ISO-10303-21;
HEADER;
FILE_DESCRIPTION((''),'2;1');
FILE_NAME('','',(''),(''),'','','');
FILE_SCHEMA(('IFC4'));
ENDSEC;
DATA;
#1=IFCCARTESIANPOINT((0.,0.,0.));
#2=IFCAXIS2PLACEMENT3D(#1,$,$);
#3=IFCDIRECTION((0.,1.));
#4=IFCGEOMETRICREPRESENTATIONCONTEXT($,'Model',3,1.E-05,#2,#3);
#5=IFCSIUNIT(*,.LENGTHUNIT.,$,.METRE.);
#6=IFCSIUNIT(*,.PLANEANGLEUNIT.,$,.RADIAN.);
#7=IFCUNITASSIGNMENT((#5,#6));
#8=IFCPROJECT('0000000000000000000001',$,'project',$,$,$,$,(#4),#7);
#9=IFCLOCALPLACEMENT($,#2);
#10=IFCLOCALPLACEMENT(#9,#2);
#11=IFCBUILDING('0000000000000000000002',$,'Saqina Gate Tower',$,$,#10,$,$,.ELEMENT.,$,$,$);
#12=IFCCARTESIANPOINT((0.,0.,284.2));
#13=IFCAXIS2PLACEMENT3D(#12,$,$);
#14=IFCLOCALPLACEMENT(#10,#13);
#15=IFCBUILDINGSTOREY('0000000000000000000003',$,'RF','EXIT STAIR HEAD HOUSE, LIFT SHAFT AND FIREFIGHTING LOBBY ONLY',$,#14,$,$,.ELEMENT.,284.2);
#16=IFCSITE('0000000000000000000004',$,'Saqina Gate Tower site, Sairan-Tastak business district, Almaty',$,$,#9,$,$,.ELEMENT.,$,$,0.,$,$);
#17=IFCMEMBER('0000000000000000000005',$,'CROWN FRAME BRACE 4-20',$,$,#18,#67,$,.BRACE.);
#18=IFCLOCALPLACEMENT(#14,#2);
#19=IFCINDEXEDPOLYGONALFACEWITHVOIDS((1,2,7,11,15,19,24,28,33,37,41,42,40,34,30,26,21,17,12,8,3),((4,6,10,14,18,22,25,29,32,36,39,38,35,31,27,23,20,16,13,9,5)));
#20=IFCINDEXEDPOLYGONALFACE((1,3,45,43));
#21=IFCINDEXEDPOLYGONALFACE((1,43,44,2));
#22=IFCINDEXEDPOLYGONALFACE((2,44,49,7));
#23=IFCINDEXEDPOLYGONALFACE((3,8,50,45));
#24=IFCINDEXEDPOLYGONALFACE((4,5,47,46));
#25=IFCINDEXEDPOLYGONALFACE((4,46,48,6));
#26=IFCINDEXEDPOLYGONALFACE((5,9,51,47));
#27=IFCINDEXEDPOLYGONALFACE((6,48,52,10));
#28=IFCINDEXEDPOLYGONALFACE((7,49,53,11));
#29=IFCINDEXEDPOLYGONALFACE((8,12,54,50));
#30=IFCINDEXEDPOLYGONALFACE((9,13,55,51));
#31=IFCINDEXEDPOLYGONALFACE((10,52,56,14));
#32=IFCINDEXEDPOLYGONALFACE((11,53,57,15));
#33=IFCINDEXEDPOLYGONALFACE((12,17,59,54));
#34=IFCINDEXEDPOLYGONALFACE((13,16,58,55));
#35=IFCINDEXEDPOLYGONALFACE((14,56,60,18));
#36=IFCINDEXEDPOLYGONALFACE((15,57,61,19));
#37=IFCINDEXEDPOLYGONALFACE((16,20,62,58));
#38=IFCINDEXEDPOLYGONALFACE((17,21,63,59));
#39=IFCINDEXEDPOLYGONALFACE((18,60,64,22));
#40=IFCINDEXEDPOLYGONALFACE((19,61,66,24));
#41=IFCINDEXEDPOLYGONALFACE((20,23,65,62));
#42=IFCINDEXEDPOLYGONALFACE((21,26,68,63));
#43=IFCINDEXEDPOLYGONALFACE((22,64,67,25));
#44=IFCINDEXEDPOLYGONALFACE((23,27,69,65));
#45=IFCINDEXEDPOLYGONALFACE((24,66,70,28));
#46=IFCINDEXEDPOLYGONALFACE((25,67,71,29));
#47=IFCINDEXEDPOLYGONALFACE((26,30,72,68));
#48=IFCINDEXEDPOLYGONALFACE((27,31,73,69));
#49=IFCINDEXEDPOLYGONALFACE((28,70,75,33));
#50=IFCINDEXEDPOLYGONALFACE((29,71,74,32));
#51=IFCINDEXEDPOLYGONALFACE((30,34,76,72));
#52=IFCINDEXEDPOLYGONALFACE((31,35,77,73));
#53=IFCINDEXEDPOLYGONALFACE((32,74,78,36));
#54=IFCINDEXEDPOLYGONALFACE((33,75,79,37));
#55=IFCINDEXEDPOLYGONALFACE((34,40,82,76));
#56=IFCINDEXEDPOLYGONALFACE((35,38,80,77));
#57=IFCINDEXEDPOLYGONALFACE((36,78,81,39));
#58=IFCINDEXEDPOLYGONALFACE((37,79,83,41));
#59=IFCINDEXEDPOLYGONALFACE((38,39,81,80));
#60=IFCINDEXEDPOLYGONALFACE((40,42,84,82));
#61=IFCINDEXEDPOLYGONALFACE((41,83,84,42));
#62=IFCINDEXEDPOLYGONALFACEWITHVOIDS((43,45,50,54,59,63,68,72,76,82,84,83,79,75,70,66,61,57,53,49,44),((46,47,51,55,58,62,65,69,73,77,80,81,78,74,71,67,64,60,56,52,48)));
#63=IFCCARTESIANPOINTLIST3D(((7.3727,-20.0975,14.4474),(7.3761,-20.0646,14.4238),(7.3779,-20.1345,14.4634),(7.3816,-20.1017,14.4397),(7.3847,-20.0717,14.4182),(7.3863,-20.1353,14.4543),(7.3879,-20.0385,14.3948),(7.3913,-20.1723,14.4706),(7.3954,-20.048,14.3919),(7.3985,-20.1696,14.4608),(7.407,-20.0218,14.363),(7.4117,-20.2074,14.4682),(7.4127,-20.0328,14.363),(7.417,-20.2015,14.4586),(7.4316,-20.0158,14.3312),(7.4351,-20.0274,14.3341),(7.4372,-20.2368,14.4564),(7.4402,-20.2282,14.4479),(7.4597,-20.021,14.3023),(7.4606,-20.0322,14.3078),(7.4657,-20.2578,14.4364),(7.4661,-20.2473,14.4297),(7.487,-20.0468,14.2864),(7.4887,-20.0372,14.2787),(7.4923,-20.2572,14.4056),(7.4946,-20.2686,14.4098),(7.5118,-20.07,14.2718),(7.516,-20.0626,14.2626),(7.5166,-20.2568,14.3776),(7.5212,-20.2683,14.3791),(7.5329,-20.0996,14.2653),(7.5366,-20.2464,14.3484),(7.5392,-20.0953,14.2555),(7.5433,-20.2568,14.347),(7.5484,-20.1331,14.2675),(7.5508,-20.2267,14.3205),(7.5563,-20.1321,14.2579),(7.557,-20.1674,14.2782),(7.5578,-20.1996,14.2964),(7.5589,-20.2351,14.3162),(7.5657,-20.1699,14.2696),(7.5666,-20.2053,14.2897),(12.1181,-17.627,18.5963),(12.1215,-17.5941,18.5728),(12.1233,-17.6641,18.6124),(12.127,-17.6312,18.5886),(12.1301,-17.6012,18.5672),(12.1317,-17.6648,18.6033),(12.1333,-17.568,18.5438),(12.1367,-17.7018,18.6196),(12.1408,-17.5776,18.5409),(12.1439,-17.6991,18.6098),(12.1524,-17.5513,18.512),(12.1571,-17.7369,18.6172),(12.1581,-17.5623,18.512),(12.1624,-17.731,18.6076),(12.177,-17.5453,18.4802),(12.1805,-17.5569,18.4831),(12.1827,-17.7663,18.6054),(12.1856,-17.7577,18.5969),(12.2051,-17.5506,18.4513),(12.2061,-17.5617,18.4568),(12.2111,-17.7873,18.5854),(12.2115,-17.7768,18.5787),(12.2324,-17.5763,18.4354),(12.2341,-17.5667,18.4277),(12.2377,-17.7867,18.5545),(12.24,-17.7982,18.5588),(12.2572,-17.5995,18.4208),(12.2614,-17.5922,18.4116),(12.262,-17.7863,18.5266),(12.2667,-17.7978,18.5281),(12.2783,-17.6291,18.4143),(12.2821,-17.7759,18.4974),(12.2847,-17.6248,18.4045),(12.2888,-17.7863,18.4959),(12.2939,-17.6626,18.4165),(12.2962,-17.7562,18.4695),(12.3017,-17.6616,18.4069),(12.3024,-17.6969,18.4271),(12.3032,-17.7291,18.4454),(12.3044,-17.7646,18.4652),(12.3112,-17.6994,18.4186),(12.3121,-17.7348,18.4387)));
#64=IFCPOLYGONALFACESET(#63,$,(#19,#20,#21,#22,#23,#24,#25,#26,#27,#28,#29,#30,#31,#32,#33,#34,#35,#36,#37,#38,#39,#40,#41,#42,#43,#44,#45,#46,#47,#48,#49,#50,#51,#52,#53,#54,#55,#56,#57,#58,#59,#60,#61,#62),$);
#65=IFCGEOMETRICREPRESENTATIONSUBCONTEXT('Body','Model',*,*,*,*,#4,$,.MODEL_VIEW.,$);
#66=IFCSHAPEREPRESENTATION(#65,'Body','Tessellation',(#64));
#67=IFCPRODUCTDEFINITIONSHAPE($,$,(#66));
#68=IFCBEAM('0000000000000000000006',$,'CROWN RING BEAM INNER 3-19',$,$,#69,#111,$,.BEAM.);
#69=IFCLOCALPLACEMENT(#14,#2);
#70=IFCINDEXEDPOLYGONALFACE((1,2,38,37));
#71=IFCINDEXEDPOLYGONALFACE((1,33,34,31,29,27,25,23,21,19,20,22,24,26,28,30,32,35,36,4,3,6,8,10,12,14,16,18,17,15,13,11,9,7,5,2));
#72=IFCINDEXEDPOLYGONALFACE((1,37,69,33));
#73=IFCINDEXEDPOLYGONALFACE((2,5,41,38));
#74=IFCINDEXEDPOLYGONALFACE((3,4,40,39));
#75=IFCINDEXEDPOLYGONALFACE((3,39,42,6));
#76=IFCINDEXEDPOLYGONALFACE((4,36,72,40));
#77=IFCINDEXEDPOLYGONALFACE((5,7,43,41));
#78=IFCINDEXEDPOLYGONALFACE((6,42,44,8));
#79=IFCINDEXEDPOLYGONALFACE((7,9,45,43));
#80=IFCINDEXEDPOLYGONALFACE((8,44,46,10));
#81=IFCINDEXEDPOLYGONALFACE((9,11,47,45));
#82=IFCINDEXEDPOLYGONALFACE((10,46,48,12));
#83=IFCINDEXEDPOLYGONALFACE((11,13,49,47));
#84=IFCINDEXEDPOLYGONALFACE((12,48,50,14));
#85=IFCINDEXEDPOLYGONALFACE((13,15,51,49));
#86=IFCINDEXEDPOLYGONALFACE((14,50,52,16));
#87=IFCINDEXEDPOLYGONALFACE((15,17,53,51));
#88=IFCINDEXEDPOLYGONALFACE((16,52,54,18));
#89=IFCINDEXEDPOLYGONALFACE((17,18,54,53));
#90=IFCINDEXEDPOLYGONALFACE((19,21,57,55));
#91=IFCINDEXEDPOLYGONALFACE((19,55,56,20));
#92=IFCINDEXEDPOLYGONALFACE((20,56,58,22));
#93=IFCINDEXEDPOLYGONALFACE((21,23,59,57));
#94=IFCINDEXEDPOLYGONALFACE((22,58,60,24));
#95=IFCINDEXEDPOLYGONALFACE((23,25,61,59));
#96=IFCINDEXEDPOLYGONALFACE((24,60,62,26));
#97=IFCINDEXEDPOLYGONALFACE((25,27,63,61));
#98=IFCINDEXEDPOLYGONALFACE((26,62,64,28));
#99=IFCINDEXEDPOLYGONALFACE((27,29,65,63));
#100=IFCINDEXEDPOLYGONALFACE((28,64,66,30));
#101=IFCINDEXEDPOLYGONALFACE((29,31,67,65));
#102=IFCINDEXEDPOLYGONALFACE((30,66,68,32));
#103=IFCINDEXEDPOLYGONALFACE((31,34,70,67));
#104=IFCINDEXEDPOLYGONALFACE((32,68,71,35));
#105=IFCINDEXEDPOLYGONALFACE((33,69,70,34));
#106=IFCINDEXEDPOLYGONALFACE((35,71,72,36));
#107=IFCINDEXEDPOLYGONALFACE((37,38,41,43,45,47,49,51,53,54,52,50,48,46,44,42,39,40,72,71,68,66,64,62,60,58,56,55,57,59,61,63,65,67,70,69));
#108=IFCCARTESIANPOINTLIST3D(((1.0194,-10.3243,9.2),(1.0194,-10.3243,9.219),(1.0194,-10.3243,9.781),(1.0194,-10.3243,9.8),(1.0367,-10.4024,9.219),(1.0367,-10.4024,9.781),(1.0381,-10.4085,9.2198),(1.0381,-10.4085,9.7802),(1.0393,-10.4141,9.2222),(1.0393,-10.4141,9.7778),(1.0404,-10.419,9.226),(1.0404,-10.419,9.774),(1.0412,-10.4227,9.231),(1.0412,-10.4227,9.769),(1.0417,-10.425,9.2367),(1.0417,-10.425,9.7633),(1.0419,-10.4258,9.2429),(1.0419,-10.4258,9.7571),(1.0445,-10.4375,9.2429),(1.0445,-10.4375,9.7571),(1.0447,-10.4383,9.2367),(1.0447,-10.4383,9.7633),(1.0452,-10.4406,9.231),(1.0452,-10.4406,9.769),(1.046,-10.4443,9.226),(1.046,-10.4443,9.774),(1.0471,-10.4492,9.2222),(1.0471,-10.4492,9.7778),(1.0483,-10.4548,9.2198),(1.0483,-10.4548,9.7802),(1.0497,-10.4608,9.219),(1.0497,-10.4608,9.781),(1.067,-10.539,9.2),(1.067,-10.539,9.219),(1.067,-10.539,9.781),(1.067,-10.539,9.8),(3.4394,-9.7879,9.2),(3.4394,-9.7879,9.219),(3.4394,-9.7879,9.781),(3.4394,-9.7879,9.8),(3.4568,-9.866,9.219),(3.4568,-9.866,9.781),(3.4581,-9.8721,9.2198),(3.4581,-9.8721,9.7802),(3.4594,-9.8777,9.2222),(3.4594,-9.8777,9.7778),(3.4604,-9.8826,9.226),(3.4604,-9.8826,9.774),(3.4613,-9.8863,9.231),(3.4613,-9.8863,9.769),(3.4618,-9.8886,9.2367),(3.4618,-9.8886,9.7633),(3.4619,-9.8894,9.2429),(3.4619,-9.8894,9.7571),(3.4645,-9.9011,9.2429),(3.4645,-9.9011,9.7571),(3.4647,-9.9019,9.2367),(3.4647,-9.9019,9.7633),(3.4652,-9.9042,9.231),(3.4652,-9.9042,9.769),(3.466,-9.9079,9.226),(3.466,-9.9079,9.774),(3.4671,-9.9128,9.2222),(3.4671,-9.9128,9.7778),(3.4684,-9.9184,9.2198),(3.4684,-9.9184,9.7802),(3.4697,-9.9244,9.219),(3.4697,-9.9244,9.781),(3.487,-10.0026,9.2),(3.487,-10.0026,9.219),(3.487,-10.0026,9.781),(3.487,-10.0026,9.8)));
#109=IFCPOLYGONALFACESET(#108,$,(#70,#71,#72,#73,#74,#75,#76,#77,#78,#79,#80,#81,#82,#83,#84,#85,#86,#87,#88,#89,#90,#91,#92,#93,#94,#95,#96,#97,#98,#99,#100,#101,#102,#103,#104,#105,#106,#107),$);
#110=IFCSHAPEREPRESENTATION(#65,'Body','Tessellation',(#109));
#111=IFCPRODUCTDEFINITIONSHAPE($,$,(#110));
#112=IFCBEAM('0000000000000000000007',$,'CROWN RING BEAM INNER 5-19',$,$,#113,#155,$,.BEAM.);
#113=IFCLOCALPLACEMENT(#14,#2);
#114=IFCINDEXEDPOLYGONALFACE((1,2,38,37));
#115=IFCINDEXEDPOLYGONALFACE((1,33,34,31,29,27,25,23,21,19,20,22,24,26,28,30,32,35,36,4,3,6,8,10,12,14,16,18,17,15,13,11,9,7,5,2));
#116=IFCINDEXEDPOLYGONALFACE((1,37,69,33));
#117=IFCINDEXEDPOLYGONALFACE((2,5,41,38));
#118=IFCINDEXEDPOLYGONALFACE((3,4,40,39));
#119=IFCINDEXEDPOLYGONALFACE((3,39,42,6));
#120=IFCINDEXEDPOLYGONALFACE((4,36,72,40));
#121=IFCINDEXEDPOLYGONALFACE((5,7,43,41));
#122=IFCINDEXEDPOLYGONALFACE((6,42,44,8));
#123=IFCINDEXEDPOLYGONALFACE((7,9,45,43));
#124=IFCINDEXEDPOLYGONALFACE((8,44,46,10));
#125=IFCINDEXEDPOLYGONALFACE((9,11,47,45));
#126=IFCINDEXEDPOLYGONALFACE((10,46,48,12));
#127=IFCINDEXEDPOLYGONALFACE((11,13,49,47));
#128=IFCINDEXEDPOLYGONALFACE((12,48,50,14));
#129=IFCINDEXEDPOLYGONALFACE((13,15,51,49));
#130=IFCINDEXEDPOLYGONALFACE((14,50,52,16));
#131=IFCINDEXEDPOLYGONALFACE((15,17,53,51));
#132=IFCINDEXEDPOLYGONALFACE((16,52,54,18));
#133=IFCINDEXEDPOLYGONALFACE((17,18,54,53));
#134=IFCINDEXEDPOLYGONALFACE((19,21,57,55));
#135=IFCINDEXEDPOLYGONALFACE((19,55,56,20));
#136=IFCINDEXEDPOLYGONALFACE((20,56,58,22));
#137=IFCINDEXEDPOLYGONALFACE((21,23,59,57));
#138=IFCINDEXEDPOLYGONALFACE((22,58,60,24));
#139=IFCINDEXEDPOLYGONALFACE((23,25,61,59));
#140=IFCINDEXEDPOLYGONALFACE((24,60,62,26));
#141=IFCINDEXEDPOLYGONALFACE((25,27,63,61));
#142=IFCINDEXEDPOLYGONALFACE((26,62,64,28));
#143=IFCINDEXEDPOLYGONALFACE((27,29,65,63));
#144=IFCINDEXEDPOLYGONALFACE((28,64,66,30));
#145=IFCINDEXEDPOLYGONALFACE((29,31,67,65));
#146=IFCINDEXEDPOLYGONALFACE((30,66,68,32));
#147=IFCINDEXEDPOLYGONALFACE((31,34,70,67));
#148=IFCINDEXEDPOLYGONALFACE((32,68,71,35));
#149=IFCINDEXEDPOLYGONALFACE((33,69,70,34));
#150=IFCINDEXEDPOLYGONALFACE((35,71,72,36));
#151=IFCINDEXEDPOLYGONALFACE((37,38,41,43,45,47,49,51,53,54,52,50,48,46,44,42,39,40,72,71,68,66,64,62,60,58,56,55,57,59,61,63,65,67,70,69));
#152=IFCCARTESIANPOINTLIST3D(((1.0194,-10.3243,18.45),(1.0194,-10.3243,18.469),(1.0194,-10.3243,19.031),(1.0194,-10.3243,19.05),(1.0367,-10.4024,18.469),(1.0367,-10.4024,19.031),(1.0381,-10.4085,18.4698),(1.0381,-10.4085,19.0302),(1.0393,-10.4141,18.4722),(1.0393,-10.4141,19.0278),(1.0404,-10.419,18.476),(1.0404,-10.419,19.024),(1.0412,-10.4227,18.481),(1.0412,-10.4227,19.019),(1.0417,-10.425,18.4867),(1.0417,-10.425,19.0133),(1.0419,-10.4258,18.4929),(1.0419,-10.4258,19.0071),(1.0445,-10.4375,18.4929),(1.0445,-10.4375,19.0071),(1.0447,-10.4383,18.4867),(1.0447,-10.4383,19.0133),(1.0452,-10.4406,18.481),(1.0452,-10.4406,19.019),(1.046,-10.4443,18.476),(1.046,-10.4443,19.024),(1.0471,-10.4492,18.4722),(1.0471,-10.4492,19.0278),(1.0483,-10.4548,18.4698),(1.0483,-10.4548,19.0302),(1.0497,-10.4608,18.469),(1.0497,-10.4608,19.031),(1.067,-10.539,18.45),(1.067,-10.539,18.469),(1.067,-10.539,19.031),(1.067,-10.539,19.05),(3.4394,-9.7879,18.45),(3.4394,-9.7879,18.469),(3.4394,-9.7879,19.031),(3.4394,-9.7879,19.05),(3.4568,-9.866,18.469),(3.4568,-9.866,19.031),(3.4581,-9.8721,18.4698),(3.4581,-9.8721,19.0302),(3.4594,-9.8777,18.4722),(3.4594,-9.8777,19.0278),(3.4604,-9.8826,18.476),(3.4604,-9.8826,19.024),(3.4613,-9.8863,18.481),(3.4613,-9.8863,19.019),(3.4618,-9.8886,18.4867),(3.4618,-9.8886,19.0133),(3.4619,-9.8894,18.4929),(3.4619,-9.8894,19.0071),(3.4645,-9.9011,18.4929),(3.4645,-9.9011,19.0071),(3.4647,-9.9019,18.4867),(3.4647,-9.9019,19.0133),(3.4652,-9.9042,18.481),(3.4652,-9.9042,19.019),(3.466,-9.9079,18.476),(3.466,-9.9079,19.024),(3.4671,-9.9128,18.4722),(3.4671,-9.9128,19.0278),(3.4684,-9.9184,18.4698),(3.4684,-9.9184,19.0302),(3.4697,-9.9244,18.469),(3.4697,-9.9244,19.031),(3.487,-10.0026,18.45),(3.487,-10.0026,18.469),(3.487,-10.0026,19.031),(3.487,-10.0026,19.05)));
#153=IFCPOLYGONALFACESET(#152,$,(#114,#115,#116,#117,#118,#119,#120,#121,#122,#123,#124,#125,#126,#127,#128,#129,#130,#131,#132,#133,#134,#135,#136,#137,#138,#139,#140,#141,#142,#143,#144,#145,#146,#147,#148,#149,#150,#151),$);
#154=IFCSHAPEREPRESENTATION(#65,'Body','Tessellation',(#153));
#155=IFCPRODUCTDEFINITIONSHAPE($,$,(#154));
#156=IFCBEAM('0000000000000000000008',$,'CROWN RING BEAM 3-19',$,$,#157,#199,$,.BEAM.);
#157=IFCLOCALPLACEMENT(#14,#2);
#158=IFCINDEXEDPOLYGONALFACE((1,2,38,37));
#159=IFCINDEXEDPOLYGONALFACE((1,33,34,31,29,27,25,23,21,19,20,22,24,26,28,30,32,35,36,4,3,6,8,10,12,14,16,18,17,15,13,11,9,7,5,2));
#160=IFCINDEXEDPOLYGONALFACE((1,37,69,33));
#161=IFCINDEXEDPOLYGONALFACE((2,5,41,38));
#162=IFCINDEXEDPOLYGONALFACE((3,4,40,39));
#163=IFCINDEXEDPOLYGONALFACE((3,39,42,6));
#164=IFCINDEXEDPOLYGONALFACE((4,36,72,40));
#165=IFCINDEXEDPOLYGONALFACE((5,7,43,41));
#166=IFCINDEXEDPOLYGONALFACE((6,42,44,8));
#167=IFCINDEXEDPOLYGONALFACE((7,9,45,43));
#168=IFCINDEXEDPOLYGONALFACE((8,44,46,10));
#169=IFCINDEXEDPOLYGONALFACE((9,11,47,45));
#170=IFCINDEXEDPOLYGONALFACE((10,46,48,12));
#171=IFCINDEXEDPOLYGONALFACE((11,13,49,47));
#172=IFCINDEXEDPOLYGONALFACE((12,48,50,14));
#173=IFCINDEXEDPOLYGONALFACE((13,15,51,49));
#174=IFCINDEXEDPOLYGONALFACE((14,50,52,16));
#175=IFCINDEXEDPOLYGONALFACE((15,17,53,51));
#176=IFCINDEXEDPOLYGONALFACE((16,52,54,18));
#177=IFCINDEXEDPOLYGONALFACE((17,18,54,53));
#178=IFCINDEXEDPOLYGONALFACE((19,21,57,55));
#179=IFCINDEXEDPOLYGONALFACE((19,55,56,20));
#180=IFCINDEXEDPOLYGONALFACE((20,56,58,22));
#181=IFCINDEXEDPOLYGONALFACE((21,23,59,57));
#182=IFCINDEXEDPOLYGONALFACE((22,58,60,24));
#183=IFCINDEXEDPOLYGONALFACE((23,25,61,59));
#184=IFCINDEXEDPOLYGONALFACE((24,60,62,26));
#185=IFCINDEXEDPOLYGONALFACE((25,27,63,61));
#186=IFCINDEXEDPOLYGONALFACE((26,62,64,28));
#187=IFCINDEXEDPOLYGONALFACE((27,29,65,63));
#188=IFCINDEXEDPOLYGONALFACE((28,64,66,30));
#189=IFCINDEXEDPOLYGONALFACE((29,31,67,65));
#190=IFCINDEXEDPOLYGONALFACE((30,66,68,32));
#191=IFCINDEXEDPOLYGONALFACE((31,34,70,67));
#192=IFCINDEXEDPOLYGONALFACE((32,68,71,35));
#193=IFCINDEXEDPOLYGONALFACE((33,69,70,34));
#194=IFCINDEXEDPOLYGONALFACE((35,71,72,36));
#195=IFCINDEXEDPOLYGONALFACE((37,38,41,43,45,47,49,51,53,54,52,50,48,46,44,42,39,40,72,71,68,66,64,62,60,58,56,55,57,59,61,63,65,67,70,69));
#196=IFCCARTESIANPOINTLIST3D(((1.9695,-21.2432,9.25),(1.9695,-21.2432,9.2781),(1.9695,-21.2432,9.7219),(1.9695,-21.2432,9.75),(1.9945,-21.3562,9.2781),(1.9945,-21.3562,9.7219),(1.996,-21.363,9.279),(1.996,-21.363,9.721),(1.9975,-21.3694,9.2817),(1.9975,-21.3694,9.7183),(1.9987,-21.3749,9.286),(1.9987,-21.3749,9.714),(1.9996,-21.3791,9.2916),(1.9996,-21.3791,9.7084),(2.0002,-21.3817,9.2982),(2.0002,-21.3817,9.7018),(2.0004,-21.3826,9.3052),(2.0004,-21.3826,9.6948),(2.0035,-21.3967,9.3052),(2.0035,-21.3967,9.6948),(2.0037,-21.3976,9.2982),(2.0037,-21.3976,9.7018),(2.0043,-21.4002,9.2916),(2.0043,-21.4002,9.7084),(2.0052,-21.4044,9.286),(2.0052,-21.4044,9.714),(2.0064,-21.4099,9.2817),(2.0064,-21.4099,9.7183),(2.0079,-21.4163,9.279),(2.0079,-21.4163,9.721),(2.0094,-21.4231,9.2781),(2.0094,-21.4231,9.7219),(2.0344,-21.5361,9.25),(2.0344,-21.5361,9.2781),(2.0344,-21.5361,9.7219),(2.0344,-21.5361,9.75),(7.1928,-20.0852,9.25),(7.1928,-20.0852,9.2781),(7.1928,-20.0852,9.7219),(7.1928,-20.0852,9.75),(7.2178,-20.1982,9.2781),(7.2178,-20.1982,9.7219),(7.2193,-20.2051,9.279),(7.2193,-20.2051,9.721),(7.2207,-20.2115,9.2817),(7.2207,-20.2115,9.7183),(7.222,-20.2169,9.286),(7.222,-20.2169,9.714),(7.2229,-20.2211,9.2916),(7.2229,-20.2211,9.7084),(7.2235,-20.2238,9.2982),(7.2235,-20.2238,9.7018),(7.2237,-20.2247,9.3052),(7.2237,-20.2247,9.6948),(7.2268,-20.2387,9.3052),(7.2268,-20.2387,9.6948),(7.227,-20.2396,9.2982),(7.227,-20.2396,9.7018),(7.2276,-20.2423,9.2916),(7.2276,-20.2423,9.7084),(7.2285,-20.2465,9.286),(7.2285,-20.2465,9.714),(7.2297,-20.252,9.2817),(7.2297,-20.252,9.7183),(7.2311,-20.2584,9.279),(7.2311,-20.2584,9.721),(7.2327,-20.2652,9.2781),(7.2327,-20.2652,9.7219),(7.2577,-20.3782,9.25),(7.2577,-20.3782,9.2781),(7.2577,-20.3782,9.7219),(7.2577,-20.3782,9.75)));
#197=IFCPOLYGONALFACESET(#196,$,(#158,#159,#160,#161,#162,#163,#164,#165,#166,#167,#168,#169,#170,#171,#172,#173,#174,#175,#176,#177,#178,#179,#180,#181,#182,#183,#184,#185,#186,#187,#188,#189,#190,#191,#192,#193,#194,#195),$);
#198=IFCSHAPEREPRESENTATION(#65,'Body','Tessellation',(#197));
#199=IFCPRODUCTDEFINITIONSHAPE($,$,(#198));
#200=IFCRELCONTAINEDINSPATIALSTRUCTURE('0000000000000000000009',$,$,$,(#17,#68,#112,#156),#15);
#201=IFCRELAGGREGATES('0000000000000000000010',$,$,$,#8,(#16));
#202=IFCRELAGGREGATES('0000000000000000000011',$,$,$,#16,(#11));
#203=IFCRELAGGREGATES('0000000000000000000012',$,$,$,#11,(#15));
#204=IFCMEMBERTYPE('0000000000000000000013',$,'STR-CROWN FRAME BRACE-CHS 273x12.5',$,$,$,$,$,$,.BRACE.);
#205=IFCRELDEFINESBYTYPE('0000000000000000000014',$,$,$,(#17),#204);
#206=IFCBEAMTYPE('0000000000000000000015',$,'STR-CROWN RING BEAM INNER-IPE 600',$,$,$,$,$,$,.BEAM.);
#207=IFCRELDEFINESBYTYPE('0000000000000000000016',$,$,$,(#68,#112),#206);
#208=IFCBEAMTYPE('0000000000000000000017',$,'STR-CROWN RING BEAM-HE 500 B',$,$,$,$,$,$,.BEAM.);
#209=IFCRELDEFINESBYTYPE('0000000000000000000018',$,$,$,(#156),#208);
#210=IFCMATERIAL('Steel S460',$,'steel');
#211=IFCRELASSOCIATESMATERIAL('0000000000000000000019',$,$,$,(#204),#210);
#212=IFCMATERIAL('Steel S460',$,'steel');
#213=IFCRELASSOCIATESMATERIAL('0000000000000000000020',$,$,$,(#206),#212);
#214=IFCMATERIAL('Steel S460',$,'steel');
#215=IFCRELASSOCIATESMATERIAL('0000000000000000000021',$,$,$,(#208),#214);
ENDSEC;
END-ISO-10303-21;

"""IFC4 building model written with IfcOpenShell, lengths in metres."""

from ifc_helpers import new_model, si_unit, direction, frame, origin, origin_2d, place, context, subcontext, project, spatial, hollow_circle, i_section, extrude, material, material_profile, profile_set, type_object, element, save


model = new_model("IFC4")

# Units and contexts
model_context = context("Model", 3, precision=1e-05, world=origin(), true_north=direction((0.0, 1.0)))
body_context = subcontext(model_context, "Body", "Model", "MODEL_VIEW")
ifc_project = project(units=[si_unit("LENGTHUNIT", "METRE"), si_unit("PLANEANGLEUNIT", "RADIAN")], contexts=[model_context])

# Site, building, storey
site_placement = place(None, origin())
site = spatial("IfcSite", under=ifc_project, at=site_placement, Name="Saqina Gate Tower site, Sairan-Tastak business district, Almaty", CompositionType="ELEMENT", RefElevation=0.0)
building_placement = place(site_placement, origin())
building = spatial("IfcBuilding", under=site, at=building_placement, Name="Saqina Gate Tower", CompositionType="ELEMENT")
storey_placement = place(building_placement, frame((0.0, 0.0, 284.2)))
storey = spatial("IfcBuildingStorey", under=building, at=storey_placement, Name="RF", Description="EXIT STAIR HEAD HOUSE, LIFT SHAFT AND FIREFIGHTING LOBBY ONLY", CompositionType="ELEMENT", Elevation=284.2)

# Member
ifc_material_1 = material(Name="Steel S460", Category="steel")
ifc_material_profile_1 = material_profile(ifc_material_1, hollow_circle(Radius=0.1365, WallThickness=0.0125, at=origin_2d()), Name="CHS 273x12.5")
ifc_profile_set_1 = profile_set([ifc_material_profile_1], Name="Steel S460")
member_type = type_object("IfcMemberType", Name="STR-CROWN FRAME BRACE-CHS 273x12.5", PredefinedType="BRACE", material=ifc_profile_set_1)
member_placement = place(storey_placement, frame((7.47, -20.1428, 14.363), z_axis=(0.700922, 0.364904, 0.612824), x_axis=(-0.461775, 0.886997, 0.0)))
element("IfcMember", 1, at=member_placement, inside=storey, type_object=member_type, Name="CROWN FRAME BRACE 4-20", PredefinedType="BRACE", context=body_context, shape_type="SweptSolid", body=[
    extrude(hollow_circle(Radius=0.1365, WallThickness=0.0125, at=origin_2d()), origin(), (0.0, 0.0, 1.0), 6.7703),
])

# Beams
ifc_material_2 = material(Name="Steel S460", Category="steel")
ifc_material_profile_2 = material_profile(ifc_material_2, i_section(OverallWidth=0.22, OverallDepth=0.6001, WebThickness=0.012, FlangeThickness=0.019, FilletRadius=0.0239, at=origin_2d()), Name="IPE 600")
ifc_profile_set_2 = profile_set([ifc_material_profile_2], Name="Steel S460")
beam_type_1 = type_object("IfcBeamType", Name="STR-CROWN RING BEAM INNER-IPE 600", PredefinedType="BEAM", material=ifc_profile_set_2)
for number, where, z_axis, x_axis, name in (
    (2, (1.0432, -10.4316, 9.5), (0.976305, 0.216399, 0.0), (-0.216399, 0.976305, 0.0), "CROWN RING BEAM INNER 3-19"),
    (3, (1.0432, -10.4316, 18.75), (0.976305, 0.216399, 0.0), (-0.216399, 0.976305, 0.0), "CROWN RING BEAM INNER 5-19"),
):
    element("IfcBeam", number, at=place(storey_placement, frame(where, z_axis=z_axis, x_axis=x_axis)), inside=storey, type_object=beam_type_1, Name=name, PredefinedType="BEAM", context=body_context, shape_type="SweptSolid", body=[
        extrude(i_section(OverallWidth=0.22, OverallDepth=0.6001, WebThickness=0.012, FlangeThickness=0.019, FilletRadius=0.0239, at=origin_2d()), origin(), (0.0, 0.0, 1.0), 2.4788),
    ])
ifc_material_3 = material(Name="Steel S460", Category="steel")
ifc_material_profile_3 = material_profile(ifc_material_3, i_section(OverallWidth=0.3, OverallDepth=0.5, WebThickness=0.0144, FlangeThickness=0.0281, FilletRadius=0.0271, at=origin_2d()), Name="HE 500 B")
ifc_profile_set_3 = profile_set([ifc_material_profile_3], Name="Steel S460")
beam_type_2 = type_object("IfcBeamType", Name="STR-CROWN RING BEAM-HE 500 B", PredefinedType="BEAM", material=ifc_profile_set_3)
beam_1_placement = place(storey_placement, frame((2.002, -21.3896, 9.5), z_axis=(0.976298, 0.216433, 0.0), x_axis=(-0.216433, 0.976298, 0.0)))
element("IfcBeam", 4, at=beam_1_placement, inside=storey, type_object=beam_type_2, Name="CROWN RING BEAM 3-19", PredefinedType="BEAM", context=body_context, shape_type="SweptSolid", body=[
    extrude(i_section(OverallWidth=0.3, OverallDepth=0.5, WebThickness=0.0144, FlangeThickness=0.0281, FilletRadius=0.0271, at=origin_2d()), origin(), (0.0, 0.0, 1.0), 5.3501),
])

save(model, "model.ifc")
